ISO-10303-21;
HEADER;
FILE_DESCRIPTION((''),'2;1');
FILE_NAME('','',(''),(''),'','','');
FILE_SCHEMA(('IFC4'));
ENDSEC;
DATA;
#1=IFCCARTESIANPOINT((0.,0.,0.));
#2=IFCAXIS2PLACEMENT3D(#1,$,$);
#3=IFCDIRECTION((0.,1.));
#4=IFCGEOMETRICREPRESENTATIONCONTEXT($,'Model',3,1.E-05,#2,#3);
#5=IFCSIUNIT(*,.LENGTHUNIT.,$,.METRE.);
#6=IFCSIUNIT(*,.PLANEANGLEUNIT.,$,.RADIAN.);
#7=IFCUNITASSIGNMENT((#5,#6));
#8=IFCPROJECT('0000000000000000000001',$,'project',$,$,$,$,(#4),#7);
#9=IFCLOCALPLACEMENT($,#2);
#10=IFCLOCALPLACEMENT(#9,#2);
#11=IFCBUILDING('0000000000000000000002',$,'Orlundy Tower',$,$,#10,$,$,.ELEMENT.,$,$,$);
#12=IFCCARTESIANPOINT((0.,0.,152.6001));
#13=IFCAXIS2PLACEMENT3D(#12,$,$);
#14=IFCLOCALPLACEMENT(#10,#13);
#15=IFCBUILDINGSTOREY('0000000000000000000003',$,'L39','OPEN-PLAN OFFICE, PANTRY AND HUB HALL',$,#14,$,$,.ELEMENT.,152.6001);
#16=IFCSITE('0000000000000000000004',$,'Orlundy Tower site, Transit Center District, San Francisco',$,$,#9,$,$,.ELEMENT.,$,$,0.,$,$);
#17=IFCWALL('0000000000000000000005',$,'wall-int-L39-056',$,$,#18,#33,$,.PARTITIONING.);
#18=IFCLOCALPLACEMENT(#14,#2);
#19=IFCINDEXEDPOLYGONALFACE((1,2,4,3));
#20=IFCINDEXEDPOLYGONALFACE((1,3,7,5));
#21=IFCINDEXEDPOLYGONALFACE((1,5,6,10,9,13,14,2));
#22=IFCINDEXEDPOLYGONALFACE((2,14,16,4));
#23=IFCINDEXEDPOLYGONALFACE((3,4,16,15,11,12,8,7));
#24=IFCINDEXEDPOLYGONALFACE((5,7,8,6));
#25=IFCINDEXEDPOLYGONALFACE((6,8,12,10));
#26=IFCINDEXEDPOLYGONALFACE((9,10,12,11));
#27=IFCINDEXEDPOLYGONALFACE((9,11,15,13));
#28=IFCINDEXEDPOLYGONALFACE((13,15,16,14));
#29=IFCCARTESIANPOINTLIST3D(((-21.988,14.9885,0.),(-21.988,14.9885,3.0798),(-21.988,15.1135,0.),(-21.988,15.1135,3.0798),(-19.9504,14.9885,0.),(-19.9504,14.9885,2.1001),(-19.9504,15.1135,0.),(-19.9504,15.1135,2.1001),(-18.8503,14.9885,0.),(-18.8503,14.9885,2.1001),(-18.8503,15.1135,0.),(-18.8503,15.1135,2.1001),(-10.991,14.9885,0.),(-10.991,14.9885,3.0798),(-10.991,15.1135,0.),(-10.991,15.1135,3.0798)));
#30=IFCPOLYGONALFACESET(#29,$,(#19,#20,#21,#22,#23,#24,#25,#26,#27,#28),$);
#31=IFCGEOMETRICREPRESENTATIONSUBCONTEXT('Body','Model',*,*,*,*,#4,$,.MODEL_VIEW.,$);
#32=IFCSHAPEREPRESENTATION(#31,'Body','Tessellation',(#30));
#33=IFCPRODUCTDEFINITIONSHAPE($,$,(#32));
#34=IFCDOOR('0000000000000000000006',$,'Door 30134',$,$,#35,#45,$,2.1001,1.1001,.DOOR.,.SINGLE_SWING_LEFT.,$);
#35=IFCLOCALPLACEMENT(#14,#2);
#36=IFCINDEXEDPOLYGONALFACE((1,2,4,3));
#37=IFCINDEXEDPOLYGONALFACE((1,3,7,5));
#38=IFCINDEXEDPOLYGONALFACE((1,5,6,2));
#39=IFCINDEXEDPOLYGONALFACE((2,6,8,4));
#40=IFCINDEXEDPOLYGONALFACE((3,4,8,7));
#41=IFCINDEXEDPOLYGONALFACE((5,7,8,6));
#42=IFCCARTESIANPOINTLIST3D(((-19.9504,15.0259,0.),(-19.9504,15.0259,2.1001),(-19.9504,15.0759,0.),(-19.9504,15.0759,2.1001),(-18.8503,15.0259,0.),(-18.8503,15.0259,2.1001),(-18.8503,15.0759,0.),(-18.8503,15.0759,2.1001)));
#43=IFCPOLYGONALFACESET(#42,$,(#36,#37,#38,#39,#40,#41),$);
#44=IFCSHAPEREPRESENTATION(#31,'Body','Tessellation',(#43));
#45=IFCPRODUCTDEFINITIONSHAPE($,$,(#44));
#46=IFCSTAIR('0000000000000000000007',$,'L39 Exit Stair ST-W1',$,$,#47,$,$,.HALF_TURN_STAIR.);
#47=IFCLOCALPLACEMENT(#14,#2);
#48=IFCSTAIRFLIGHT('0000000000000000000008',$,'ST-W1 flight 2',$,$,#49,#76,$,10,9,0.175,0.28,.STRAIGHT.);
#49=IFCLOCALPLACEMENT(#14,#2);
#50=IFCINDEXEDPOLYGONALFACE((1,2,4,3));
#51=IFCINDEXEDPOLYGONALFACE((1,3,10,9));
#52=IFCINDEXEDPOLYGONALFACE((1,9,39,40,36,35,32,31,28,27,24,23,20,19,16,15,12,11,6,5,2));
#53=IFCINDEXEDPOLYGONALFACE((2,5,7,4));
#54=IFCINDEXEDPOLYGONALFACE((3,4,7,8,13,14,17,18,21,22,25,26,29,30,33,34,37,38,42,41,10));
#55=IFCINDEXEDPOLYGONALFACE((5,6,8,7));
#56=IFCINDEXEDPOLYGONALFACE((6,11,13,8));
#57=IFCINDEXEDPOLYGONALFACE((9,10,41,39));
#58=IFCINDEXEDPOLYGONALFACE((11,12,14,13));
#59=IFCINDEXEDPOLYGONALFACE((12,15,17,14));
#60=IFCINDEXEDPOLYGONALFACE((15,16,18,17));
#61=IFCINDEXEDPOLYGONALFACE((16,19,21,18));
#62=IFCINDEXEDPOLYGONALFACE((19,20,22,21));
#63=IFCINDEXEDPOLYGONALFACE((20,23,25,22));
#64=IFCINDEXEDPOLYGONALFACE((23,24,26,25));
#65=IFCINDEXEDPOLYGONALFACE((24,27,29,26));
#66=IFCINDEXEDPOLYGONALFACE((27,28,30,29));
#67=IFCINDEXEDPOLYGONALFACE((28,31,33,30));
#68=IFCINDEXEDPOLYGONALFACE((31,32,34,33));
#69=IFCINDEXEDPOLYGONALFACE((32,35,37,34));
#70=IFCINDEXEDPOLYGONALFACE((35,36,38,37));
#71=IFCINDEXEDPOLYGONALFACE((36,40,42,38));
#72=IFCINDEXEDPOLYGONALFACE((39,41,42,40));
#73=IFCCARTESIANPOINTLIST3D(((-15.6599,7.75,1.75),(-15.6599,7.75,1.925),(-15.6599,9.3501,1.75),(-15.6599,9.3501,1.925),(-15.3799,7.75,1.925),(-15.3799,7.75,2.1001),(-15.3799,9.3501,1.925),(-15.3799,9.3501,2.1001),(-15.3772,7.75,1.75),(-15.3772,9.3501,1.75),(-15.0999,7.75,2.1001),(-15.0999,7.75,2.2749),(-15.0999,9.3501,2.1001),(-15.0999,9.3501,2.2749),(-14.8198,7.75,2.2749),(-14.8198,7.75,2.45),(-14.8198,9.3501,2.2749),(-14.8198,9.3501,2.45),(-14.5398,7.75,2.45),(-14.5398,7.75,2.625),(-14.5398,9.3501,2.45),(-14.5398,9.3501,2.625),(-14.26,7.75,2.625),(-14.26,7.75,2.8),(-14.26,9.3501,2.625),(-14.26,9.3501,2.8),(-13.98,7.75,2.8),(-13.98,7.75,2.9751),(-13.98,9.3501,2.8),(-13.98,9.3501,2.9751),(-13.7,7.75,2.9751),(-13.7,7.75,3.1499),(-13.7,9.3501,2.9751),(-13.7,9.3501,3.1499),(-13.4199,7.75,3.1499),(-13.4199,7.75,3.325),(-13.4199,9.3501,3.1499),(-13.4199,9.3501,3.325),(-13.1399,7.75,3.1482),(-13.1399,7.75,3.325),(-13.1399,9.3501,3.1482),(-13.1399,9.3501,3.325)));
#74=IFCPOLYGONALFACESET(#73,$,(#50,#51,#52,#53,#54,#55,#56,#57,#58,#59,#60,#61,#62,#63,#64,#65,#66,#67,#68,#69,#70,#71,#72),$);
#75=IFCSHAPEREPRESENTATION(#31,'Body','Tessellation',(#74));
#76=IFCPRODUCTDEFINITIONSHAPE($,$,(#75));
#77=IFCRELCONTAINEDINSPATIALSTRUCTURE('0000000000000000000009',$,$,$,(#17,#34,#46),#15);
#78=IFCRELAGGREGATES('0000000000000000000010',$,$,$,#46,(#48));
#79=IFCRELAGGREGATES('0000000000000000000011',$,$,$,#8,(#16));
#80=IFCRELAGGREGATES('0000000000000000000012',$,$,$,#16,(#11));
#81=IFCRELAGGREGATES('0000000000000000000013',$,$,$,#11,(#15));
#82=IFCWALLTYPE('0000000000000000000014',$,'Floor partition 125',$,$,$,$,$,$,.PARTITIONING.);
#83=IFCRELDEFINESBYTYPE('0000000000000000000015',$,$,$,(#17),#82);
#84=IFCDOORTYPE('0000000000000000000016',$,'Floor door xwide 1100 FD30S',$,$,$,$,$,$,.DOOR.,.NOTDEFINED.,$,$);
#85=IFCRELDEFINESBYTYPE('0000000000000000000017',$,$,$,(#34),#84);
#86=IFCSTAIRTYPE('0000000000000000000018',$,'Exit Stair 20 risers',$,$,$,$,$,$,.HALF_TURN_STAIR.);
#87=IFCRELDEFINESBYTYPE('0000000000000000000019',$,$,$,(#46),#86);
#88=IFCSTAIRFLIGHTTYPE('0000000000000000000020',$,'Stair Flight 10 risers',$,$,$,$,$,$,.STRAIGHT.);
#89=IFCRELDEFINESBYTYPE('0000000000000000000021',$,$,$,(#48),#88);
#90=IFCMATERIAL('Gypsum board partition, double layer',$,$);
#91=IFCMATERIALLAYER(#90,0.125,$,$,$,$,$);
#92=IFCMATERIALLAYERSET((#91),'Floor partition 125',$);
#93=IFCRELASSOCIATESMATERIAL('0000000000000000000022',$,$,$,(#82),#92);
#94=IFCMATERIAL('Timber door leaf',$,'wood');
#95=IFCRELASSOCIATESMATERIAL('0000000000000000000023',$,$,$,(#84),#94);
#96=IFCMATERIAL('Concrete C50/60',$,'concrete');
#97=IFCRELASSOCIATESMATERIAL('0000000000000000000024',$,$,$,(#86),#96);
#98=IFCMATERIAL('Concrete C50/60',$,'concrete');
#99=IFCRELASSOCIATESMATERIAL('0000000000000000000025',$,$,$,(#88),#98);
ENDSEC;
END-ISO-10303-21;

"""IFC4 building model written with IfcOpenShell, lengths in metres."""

from ifc_helpers import new_model, si_unit, direction, frame, frame_2d, origin, place, context, subcontext, project, spatial, polyline, rectangle, outline, extrude, material, layer, layer_set, type_object, element, fill, aggregate, save


model = new_model("IFC4")

# Units and contexts
model_context = context("Model", 3, precision=1e-05, world=origin(), true_north=direction((0.0, 1.0)))
body_context = subcontext(model_context, "Body", "Model", "MODEL_VIEW")
ifc_project = project(units=[si_unit("LENGTHUNIT", "METRE"), si_unit("PLANEANGLEUNIT", "RADIAN")], contexts=[model_context])

# Site, building, storey
site_placement = place(None, origin())
site = spatial("IfcSite", under=ifc_project, at=site_placement, Name="Orlundy Tower site, Transit Center District, San Francisco", CompositionType="ELEMENT", RefElevation=0.0)
building_placement = place(site_placement, origin())
building = spatial("IfcBuilding", under=site, at=building_placement, Name="Orlundy Tower", CompositionType="ELEMENT")
storey_placement = place(building_placement, frame((0.0, 0.0, 152.6001)))
storey = spatial("IfcBuildingStorey", under=building, at=storey_placement, Name="L39", Description="OPEN-PLAN OFFICE, PANTRY AND HUB HALL", CompositionType="ELEMENT", Elevation=152.6001)

# Wall, opening, door
ifc_material_1 = material(Name="Gypsum board partition, double layer")
ifc_layer_1 = layer(ifc_material_1, 0.125)
ifc_layer_set_1 = layer_set([ifc_layer_1], Name="Floor partition 125")
wall_type_1 = type_object("IfcWallType", Name="Floor partition 125", PredefinedType="PARTITIONING", material=ifc_layer_set_1)
wall_1_placement = place(storey_placement, frame((-21.988, 15.051, 0.0), z_axis=(0.0, 0.0, 1.0), x_axis=(1.0, 0.0, 0.0)))
wall_1 = element("IfcWall", 1, at=wall_1_placement, inside=storey, type_object=wall_type_1, Name="wall-int-L39-056", PredefinedType="PARTITIONING", context=body_context, shape_type="SweptSolid", body=[
    extrude(rectangle(XDim=10.9971, YDim=0.125, at=frame_2d((5.4985, 0.0))), origin(), (0.0, 0.0, 1.0), 3.0798),
])
opening_1_placement = place(wall_1_placement, frame((2.0376, 0.0, 0.0)))
opening_1 = element("IfcOpeningElement", 2, at=opening_1_placement, cuts=wall_1, PredefinedType="OPENING", context=body_context, shape_type="SweptSolid", body=[
    extrude(rectangle(XDim=1.1001, YDim=2.1001, at=frame_2d((0.55, 1.05))), frame((0.0, 0.0725, 0.0), z_axis=(0.0, -1.0, 0.0), x_axis=(1.0, 0.0, 0.0)), (0.0, 0.0, 1.0), 0.145),
])
ifc_material_2 = material(Name="Timber door leaf", Category="wood")
door_type_1 = type_object("IfcDoorType", Name="Floor door xwide 1100 FD30S", OperationType="NOTDEFINED", PredefinedType="DOOR", material=ifc_material_2)
door_1_placement = place(opening_1_placement, origin())
door_1 = element("IfcDoor", 3, at=door_1_placement, inside=storey, type_object=door_type_1, Name="Door 30134", OperationType="SINGLE_SWING_LEFT", OverallHeight=2.1001, OverallWidth=1.1001, PredefinedType="DOOR", context=body_context, shape_type="SweptSolid", body=[
    extrude(rectangle(XDim=1.1001, YDim=2.1001, at=frame_2d((0.55, 1.05))), frame((0.0, 0.0249, 0.0), z_axis=(0.0, -1.0, 0.0), x_axis=(1.0, 0.0, 0.0)), (0.0, 0.0, 1.0), 0.05),
])
fill(opening_1, door_1)

# Stair, stair flight
ifc_material_3 = material(Name="Concrete C50/60", Category="concrete")
stair_type = type_object("IfcStairType", Name="Exit Stair 20 risers", PredefinedType="HALF_TURN_STAIR", material=ifc_material_3)
stair_placement = place(storey_placement, origin())
stair = element("IfcStair", 4, at=stair_placement, inside=storey, type_object=stair_type, Name="L39 Exit Stair ST-W1", PredefinedType="HALF_TURN_STAIR")
ifc_material_4 = material(Name="Concrete C50/60", Category="concrete")
stair_flight_type = type_object("IfcStairFlightType", Name="Stair Flight 10 risers", PredefinedType="STRAIGHT", material=ifc_material_4)
stair_flight_placement = place(storey_placement, frame((-15.6599, 8.55, 1.75), z_axis=(0.0, 0.0, 1.0), x_axis=(1.0, 0.0, 0.0)))
stair_flight = element("IfcStairFlight", 5, at=stair_flight_placement, type_object=stair_flight_type, Name="ST-W1 flight 2", NumberOfRisers=10, NumberOfTreads=9, PredefinedType="STRAIGHT", RiserHeight=0.175, TreadLength=0.28, context=body_context, shape_type="SweptSolid", body=[
    extrude(outline(polyline([(0.0, 0.0), (0.0, 0.175), (0.28, 0.175), (0.28, 0.3501), (0.5601, 0.3501), (0.5601, 0.5249), (0.8401, 0.5249), (0.8401, 0.7), (1.1201, 0.7), (1.1201, 0.875), (1.3999, 0.875), (1.3999, 1.05), (1.6799, 1.05), (1.6799, 1.2251), (1.96, 1.2251), (1.96, 1.3999), (2.24, 1.3999), (2.24, 1.575), (2.52, 1.575), (2.52, 1.75), (2.52, 1.3982), (0.2827, 0.0), (0.0, 0.0)])), frame((0.0, 0.8, 0.0), z_axis=(0.0, -1.0, 0.0), x_axis=(1.0, 0.0, 0.0)), (0.0, 0.0, 1.0), 1.6001),
])
aggregate(stair, [stair_flight])

save(model, "model.ifc")
